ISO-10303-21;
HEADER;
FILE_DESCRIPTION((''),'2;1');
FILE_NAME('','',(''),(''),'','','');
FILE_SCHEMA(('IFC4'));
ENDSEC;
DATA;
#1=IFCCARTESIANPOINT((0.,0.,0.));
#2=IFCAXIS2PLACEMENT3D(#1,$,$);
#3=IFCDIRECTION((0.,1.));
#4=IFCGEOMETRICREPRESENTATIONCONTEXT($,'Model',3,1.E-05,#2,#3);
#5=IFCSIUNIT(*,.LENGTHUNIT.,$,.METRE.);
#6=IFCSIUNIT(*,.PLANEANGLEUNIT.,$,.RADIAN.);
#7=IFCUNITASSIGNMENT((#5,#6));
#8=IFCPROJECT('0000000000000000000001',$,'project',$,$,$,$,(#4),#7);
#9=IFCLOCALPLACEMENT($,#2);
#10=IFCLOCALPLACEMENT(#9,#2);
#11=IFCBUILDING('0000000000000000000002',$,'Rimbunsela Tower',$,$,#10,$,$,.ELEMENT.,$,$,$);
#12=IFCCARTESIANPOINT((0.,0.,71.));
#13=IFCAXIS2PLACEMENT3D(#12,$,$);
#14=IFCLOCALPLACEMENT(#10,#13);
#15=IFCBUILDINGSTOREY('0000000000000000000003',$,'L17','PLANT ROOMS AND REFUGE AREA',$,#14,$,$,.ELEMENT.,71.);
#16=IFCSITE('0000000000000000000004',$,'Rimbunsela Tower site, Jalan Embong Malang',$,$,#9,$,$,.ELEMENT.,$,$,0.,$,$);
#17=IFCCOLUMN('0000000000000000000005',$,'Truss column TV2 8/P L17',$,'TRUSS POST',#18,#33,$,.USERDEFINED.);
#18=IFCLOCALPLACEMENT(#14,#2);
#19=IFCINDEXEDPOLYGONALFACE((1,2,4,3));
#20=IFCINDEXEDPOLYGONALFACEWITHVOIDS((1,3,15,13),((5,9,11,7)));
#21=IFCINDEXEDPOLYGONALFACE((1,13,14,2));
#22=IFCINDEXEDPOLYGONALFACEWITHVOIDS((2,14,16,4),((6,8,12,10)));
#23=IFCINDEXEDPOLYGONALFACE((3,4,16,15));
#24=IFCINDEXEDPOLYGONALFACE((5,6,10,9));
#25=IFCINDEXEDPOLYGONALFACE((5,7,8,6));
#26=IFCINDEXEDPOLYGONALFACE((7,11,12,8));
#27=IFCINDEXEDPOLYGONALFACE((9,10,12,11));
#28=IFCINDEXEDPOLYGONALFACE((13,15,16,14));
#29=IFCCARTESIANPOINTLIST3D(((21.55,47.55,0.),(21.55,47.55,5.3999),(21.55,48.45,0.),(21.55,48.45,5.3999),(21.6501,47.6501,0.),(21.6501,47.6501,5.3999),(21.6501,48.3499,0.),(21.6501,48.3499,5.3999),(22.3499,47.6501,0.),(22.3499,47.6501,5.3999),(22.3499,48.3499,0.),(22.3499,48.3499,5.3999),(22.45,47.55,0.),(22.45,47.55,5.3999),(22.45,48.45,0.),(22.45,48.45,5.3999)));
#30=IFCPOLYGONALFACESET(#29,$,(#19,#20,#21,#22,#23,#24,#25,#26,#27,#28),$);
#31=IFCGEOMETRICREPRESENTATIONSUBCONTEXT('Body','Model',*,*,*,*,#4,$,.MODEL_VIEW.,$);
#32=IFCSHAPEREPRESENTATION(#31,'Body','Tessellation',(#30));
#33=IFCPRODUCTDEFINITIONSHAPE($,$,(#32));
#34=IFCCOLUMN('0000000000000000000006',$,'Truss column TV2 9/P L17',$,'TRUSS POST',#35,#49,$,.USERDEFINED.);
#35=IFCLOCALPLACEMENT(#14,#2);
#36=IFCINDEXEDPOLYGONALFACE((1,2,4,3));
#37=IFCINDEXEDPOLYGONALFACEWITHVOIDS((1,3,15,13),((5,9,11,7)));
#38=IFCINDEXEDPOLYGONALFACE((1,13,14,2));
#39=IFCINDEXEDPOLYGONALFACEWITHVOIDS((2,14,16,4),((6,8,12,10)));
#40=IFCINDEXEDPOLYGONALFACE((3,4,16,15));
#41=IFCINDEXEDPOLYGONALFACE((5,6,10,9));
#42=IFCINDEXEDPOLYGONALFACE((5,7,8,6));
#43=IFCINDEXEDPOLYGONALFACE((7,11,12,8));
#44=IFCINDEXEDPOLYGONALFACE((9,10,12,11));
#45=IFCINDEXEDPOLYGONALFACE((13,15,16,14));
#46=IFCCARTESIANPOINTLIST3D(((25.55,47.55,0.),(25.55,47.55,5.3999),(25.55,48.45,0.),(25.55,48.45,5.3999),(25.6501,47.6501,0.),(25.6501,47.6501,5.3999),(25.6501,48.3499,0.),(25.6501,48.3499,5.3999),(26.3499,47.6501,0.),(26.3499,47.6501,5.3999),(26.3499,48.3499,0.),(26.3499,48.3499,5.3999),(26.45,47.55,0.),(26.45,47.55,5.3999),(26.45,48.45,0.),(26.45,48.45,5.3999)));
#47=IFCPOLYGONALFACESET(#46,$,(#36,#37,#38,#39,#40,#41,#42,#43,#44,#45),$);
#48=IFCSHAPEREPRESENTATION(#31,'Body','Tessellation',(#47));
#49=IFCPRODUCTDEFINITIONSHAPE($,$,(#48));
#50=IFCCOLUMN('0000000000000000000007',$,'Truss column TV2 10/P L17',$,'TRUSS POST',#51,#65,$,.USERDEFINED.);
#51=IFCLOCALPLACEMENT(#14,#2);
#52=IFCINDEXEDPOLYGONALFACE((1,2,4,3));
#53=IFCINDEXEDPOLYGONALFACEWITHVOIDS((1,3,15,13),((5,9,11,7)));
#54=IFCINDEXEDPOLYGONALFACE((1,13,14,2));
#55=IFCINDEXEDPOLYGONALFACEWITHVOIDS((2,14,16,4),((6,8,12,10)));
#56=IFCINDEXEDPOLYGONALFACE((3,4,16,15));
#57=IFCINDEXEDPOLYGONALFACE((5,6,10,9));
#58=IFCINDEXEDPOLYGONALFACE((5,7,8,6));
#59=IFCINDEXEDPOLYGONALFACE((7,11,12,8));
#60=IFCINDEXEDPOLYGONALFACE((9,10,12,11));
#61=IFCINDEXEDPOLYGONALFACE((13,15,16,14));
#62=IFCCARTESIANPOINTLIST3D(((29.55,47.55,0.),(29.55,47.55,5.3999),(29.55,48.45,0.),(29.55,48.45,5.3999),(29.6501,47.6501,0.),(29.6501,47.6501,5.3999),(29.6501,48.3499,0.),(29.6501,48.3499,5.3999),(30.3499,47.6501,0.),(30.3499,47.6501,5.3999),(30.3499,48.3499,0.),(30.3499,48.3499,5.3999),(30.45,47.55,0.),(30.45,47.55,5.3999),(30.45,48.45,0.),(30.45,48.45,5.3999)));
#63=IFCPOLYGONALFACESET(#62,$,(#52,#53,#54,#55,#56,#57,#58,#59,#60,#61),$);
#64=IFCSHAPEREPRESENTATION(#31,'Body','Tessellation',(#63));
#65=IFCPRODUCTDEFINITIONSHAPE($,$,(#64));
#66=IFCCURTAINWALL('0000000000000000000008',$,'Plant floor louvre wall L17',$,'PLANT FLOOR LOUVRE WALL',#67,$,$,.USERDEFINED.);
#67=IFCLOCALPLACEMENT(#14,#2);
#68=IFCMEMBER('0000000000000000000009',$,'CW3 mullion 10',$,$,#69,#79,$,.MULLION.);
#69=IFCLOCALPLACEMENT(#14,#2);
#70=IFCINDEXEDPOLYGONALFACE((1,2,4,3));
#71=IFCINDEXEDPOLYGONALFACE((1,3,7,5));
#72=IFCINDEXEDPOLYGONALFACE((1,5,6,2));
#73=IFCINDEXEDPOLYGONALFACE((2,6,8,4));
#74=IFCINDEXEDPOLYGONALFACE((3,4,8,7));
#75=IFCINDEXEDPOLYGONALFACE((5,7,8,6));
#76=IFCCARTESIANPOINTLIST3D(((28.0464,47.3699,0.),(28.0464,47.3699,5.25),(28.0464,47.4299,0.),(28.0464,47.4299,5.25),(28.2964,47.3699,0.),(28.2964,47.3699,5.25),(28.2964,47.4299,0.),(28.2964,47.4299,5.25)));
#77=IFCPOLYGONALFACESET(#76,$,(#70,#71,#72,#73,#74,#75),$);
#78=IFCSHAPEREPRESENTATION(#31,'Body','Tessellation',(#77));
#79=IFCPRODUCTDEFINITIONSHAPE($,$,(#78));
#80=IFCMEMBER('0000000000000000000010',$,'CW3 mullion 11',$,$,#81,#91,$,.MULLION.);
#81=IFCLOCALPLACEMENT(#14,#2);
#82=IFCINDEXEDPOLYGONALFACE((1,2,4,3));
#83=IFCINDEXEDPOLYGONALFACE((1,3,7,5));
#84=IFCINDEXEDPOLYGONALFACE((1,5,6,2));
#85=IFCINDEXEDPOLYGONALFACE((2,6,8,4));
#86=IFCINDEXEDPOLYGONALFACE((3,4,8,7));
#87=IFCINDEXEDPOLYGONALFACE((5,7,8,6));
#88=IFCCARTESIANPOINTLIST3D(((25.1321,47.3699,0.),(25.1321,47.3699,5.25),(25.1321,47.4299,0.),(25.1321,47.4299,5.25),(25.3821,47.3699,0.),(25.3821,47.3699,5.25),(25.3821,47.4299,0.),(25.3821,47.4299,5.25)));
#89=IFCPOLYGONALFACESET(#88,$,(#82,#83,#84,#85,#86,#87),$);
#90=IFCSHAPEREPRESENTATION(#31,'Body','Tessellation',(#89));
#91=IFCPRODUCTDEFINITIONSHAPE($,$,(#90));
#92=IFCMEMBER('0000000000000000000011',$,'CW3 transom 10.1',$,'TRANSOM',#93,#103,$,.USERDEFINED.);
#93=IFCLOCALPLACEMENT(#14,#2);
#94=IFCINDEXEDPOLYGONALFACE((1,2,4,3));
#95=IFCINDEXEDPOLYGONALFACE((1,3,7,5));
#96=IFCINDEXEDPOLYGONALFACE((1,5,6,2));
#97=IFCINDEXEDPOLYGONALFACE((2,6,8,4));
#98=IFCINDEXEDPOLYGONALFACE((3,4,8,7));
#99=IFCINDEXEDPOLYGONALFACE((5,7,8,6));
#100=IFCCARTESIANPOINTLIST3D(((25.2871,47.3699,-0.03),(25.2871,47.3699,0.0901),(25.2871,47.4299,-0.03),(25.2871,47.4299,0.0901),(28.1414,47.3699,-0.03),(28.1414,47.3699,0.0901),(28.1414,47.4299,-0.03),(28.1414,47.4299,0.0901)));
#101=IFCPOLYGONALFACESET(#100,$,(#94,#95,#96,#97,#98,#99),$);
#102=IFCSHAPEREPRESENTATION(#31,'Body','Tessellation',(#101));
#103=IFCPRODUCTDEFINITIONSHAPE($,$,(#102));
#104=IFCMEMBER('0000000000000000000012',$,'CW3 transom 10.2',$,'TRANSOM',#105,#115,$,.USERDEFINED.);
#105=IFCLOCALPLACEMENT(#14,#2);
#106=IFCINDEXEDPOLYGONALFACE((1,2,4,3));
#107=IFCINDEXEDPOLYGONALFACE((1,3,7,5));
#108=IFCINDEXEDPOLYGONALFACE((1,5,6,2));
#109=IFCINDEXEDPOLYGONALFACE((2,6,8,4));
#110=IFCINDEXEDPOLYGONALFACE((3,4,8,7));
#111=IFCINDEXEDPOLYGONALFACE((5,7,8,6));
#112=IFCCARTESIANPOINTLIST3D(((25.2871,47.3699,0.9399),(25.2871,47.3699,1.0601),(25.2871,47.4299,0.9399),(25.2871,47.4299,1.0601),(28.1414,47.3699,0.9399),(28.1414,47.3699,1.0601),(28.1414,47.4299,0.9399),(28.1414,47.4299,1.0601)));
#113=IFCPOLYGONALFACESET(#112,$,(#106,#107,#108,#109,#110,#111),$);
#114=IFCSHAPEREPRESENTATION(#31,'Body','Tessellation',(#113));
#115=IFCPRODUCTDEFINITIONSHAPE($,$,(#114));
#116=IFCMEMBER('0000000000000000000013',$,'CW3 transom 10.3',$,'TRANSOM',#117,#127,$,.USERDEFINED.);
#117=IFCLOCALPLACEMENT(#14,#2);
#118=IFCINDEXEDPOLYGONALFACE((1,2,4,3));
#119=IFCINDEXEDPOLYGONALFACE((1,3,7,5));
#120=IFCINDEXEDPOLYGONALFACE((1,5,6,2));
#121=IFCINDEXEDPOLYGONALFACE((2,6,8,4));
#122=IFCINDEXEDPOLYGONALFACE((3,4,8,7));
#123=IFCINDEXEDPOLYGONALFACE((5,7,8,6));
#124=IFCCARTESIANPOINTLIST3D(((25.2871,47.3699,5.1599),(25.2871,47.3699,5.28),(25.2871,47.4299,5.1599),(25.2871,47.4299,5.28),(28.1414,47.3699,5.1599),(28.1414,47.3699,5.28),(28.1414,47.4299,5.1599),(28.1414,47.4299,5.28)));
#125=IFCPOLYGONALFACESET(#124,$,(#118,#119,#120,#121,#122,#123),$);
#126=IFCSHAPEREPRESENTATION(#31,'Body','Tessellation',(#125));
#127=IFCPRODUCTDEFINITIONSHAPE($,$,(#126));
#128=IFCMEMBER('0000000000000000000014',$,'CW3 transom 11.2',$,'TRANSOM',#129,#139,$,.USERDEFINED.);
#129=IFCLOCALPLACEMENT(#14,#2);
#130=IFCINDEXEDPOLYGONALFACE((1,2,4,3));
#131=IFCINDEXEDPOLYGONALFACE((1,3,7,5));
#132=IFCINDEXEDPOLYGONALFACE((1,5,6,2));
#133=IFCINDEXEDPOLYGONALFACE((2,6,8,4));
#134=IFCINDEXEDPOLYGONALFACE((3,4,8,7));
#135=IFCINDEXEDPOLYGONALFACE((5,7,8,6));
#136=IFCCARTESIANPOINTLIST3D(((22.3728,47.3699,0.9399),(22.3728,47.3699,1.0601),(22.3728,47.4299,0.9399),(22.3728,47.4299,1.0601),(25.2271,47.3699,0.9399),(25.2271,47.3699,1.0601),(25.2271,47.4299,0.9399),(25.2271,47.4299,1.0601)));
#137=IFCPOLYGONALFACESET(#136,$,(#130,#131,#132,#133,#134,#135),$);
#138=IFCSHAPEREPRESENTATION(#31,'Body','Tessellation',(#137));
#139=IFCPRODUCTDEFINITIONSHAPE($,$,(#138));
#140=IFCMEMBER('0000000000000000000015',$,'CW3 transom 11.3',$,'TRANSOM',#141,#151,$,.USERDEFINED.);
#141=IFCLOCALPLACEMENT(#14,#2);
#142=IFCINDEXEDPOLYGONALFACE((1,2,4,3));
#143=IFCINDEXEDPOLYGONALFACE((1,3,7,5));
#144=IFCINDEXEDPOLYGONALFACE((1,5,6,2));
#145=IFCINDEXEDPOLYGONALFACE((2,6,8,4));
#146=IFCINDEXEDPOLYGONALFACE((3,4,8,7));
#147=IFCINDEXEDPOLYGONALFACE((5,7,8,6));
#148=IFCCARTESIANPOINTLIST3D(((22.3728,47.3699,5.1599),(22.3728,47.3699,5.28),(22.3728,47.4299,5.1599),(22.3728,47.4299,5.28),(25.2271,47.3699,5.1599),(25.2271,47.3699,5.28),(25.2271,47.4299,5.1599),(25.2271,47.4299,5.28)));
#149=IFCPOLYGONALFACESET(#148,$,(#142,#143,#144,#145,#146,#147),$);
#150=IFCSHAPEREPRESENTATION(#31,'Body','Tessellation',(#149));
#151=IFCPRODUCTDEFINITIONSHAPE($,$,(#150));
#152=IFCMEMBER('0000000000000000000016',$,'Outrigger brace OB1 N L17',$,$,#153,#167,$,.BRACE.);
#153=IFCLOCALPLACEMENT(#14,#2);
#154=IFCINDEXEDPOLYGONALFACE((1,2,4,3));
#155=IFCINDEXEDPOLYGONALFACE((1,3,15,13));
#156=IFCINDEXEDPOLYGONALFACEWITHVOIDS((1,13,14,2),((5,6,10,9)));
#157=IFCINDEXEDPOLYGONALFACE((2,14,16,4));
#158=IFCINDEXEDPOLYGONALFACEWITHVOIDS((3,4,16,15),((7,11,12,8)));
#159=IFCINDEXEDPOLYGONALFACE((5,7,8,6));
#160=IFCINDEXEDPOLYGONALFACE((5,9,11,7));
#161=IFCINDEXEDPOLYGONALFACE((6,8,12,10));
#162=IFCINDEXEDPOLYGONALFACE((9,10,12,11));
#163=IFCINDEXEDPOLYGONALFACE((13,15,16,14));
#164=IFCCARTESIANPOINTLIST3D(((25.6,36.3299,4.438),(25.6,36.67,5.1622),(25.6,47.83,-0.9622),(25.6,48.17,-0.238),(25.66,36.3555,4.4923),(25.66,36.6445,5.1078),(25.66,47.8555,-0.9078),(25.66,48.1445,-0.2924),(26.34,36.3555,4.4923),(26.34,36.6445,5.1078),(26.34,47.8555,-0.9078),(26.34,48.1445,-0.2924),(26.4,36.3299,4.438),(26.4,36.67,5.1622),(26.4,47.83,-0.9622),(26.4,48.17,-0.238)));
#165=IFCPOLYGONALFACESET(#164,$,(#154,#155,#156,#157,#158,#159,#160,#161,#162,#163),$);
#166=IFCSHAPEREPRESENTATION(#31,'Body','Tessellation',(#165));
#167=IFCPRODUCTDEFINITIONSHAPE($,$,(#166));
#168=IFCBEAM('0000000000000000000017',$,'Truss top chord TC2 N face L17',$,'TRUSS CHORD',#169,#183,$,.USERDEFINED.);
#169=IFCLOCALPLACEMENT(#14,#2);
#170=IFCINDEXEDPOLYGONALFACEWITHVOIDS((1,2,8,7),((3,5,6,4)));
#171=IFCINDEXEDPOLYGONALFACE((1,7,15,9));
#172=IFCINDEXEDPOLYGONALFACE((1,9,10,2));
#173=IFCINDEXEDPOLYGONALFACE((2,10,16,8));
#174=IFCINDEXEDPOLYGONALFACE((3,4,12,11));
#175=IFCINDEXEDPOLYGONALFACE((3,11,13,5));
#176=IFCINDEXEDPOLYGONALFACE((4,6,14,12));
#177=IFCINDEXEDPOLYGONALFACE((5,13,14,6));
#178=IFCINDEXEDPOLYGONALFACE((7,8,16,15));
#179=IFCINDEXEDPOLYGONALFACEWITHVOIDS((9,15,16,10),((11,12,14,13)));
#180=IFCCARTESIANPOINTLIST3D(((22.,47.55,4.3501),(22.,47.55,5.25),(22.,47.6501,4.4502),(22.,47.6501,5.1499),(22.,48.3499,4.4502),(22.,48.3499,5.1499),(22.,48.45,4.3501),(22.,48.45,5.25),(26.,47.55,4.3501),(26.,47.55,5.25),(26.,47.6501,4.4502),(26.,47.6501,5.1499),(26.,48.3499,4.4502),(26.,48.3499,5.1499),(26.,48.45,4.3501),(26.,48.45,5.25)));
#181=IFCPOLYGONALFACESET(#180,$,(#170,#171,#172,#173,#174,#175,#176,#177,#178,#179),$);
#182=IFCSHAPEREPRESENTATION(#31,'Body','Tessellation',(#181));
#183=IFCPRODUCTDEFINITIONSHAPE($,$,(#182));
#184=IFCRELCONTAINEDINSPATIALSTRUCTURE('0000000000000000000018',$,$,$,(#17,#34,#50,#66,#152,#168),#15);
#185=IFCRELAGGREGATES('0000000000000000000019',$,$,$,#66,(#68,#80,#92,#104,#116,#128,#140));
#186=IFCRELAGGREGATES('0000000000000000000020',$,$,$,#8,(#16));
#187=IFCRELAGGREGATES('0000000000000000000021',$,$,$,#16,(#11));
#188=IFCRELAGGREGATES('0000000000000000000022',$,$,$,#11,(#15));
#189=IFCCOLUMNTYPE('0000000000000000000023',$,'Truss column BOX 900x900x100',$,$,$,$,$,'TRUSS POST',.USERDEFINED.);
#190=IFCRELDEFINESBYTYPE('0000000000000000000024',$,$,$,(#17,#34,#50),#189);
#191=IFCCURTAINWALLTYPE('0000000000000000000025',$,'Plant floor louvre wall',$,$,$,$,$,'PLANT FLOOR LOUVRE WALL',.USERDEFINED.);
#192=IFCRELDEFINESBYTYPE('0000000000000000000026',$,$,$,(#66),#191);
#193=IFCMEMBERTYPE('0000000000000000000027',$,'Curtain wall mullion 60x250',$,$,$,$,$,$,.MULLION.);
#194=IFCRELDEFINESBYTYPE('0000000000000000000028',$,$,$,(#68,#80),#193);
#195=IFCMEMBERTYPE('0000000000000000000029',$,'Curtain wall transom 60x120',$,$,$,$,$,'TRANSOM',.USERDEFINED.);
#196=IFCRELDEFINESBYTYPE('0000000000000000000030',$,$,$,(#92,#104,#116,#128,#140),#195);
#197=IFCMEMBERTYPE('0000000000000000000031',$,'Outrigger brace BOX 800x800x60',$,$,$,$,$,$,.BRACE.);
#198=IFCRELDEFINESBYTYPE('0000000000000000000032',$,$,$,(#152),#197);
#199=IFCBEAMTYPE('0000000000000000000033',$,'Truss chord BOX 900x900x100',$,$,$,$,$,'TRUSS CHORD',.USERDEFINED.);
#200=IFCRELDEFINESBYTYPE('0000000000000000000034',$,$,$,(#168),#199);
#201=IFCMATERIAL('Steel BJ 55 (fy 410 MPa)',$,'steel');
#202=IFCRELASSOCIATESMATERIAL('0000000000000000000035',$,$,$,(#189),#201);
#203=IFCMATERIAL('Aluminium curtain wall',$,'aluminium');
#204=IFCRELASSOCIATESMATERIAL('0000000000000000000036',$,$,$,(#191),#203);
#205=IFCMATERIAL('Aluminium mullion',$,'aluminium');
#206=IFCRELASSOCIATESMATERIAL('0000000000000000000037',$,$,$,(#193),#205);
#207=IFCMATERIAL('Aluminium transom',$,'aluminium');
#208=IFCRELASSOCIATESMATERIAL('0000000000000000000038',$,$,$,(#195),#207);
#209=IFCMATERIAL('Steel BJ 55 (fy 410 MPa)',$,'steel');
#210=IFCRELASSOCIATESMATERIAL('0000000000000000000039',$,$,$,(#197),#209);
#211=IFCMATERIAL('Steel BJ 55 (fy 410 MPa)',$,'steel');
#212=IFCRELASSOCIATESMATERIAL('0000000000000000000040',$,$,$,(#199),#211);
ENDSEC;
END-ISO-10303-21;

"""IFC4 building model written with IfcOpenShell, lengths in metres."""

from ifc_helpers import new_model, si_unit, direction, frame, origin, origin_2d, place, context, subcontext, project, spatial, rectangle, hollow_rectangle, extrude, material, material_profile, profile_set, type_object, element, aggregate, save


model = new_model("IFC4")

# Units and contexts
model_context = context("Model", 3, precision=1e-05, world=origin(), true_north=direction((0.0, 1.0)))
body_context = subcontext(model_context, "Body", "Model", "MODEL_VIEW")
ifc_project = project(units=[si_unit("LENGTHUNIT", "METRE"), si_unit("PLANEANGLEUNIT", "RADIAN")], contexts=[model_context])

# Site, building, storey
site_placement = place(None, origin())
site = spatial("IfcSite", under=ifc_project, at=site_placement, Name="Rimbunsela Tower site, Jalan Embong Malang", CompositionType="ELEMENT", RefElevation=0.0)
building_placement = place(site_placement, origin())
building = spatial("IfcBuilding", under=site, at=building_placement, Name="Rimbunsela Tower", CompositionType="ELEMENT")
storey_placement = place(building_placement, frame((0.0, 0.0, 71.0)))
storey = spatial("IfcBuildingStorey", under=building, at=storey_placement, Name="L17", Description="PLANT ROOMS AND REFUGE AREA", CompositionType="ELEMENT", Elevation=71.0)

# Columns
ifc_material_1 = material(Name="Steel BJ 55 (fy 410 MPa)", Category="steel")
ifc_material_profile_1 = material_profile(ifc_material_1, hollow_rectangle(XDim=0.8999, YDim=0.8999, WallThickness=0.1001, at=origin_2d()), Name="BOX 900x900x100")
ifc_profile_set_1 = profile_set([ifc_material_profile_1], Name="Steel BJ 55 (fy 410 MPa)")
column_type = type_object("IfcColumnType", Name="Truss column BOX 900x900x100", ElementType="TRUSS POST", PredefinedType="USERDEFINED", material=ifc_profile_set_1)
for number, where, z_axis, x_axis, name in (
    (1, (22.0, 48.0, 0.0), (0.0, 0.0, 1.0), (1.0, 0.0, 0.0), "Truss column TV2 8/P L17"),
    (2, (26.0, 48.0, 0.0), (0.0, 0.0, 1.0), (1.0, 0.0, 0.0), "Truss column TV2 9/P L17"),
    (3, (30.0, 48.0, 0.0), (0.0, 0.0, 1.0), (1.0, 0.0, 0.0), "Truss column TV2 10/P L17"),
):
    element("IfcColumn", number, at=place(storey_placement, frame(where, z_axis=z_axis, x_axis=x_axis)), inside=storey, type_object=column_type, Name=name, ObjectType="TRUSS POST", PredefinedType="USERDEFINED", context=body_context, shape_type="SweptSolid", body=[
        extrude(hollow_rectangle(XDim=0.8999, YDim=0.8999, WallThickness=0.1001, at=origin_2d()), origin(), (0.0, 0.0, 1.0), 5.3999),
    ])

# Curtain wall, members
ifc_material_2 = material(Name="Aluminium curtain wall", Category="aluminium")
curtain_wall_type = type_object("IfcCurtainWallType", Name="Plant floor louvre wall", ElementType="PLANT FLOOR LOUVRE WALL", PredefinedType="USERDEFINED", material=ifc_material_2)
curtain_wall_placement = place(storey_placement, origin())
curtain_wall = element("IfcCurtainWall", 4, at=curtain_wall_placement, inside=storey, type_object=curtain_wall_type, Name="Plant floor louvre wall L17", ObjectType="PLANT FLOOR LOUVRE WALL", PredefinedType="USERDEFINED")
ifc_material_3 = material(Name="Aluminium mullion", Category="aluminium")
ifc_material_profile_2 = material_profile(ifc_material_3, rectangle(XDim=0.0601, YDim=0.25, at=origin_2d()), Name="Mullion 60x250")
ifc_profile_set_2 = profile_set([ifc_material_profile_2], Name="Aluminium mullion")
member_type_1 = type_object("IfcMemberType", Name="Curtain wall mullion 60x250", PredefinedType="MULLION", material=ifc_profile_set_2)
member_1_placement = place(storey_placement, frame((28.1714, 47.3999, 0.0), z_axis=(0.0, 0.0, 1.0), x_axis=(0.0, -1.0, 0.0)))
member_1 = element("IfcMember", 5, at=member_1_placement, type_object=member_type_1, Name="CW3 mullion 10", PredefinedType="MULLION", context=body_context, shape_type="SweptSolid", body=[
    extrude(rectangle(XDim=0.0601, YDim=0.25, at=origin_2d()), origin(), (0.0, 0.0, 1.0), 5.25),
])
member_2_placement = place(storey_placement, frame((25.2571, 47.3999, 0.0), z_axis=(0.0, 0.0, 1.0), x_axis=(0.0, -1.0, 0.0)))
member_2 = element("IfcMember", 6, at=member_2_placement, type_object=member_type_1, Name="CW3 mullion 11", PredefinedType="MULLION", context=body_context, shape_type="SweptSolid", body=[
    extrude(rectangle(XDim=0.0601, YDim=0.25, at=origin_2d()), origin(), (0.0, 0.0, 1.0), 5.25),
])
ifc_material_4 = material(Name="Aluminium transom", Category="aluminium")
ifc_material_profile_3 = material_profile(ifc_material_4, rectangle(XDim=0.0601, YDim=0.1201, at=origin_2d()), Name="Transom 60x120")
ifc_profile_set_3 = profile_set([ifc_material_profile_3], Name="Aluminium transom")
member_type_2 = type_object("IfcMemberType", Name="Curtain wall transom 60x120", ElementType="TRANSOM", PredefinedType="USERDEFINED", material=ifc_profile_set_3)
member_3_placement = place(storey_placement, frame((28.1414, 47.3999, 0.03), z_axis=(-1.0, 0.0, 0.0), x_axis=(0.0, -1.0, 0.0)))
member_3 = element("IfcMember", 7, at=member_3_placement, type_object=member_type_2, Name="CW3 transom 10.1", ObjectType="TRANSOM", PredefinedType="USERDEFINED", context=body_context, shape_type="SweptSolid", body=[
    extrude(rectangle(XDim=0.0601, YDim=0.1201, at=origin_2d()), origin(), (0.0, 0.0, 1.0), 2.8542),
])
member_4_placement = place(storey_placement, frame((28.1414, 47.3999, 1.0), z_axis=(-1.0, 0.0, 0.0), x_axis=(0.0, -1.0, 0.0)))
member_4 = element("IfcMember", 8, at=member_4_placement, type_object=member_type_2, Name="CW3 transom 10.2", ObjectType="TRANSOM", PredefinedType="USERDEFINED", context=body_context, shape_type="SweptSolid", body=[
    extrude(rectangle(XDim=0.0601, YDim=0.1201, at=origin_2d()), origin(), (0.0, 0.0, 1.0), 2.8542),
])
member_5_placement = place(storey_placement, frame((28.1414, 47.3999, 5.22), z_axis=(-1.0, 0.0, 0.0), x_axis=(0.0, -1.0, 0.0)))
member_5 = element("IfcMember", 9, at=member_5_placement, type_object=member_type_2, Name="CW3 transom 10.3", ObjectType="TRANSOM", PredefinedType="USERDEFINED", context=body_context, shape_type="SweptSolid", body=[
    extrude(rectangle(XDim=0.0601, YDim=0.1201, at=origin_2d()), origin(), (0.0, 0.0, 1.0), 2.8542),
])
member_6_placement = place(storey_placement, frame((25.2271, 47.3999, 1.0), z_axis=(-1.0, 0.0, 0.0), x_axis=(0.0, -1.0, 0.0)))
member_6 = element("IfcMember", 10, at=member_6_placement, type_object=member_type_2, Name="CW3 transom 11.2", ObjectType="TRANSOM", PredefinedType="USERDEFINED", context=body_context, shape_type="SweptSolid", body=[
    extrude(rectangle(XDim=0.0601, YDim=0.1201, at=origin_2d()), origin(), (0.0, 0.0, 1.0), 2.8542),
])
member_7_placement = place(storey_placement, frame((25.2271, 47.3999, 5.22), z_axis=(-1.0, 0.0, 0.0), x_axis=(0.0, -1.0, 0.0)))
member_7 = element("IfcMember", 11, at=member_7_placement, type_object=member_type_2, Name="CW3 transom 11.3", ObjectType="TRANSOM", PredefinedType="USERDEFINED", context=body_context, shape_type="SweptSolid", body=[
    extrude(rectangle(XDim=0.0601, YDim=0.1201, at=origin_2d()), origin(), (0.0, 0.0, 1.0), 2.8542),
])

# Member
ifc_material_5 = material(Name="Steel BJ 55 (fy 410 MPa)", Category="steel")
ifc_material_profile_4 = material_profile(ifc_material_5, hollow_rectangle(XDim=0.8, YDim=0.8, WallThickness=0.0601, at=origin_2d()), Name="BOX 800x800x60")
ifc_profile_set_4 = profile_set([ifc_material_profile_4], Name="Steel BJ 55 (fy 410 MPa)")
member_type_3 = type_object("IfcMemberType", Name="Outrigger brace BOX 800x800x60", PredefinedType="BRACE", material=ifc_profile_set_4)
member_8_placement = place(storey_placement, frame((26.0, 48.0, -0.6001), z_axis=(0.0, -0.905171, 0.425048), x_axis=(1.0, 0.0, 0.0)))
element("IfcMember", 12, at=member_8_placement, inside=storey, type_object=member_type_3, Name="Outrigger brace OB1 N L17", PredefinedType="BRACE", context=body_context, shape_type="SweptSolid", body=[
    extrude(hollow_rectangle(XDim=0.8, YDim=0.8, WallThickness=0.0601, at=origin_2d()), origin(), (0.0, 0.0, 1.0), 12.7048),
])

# Beam
ifc_material_6 = material(Name="Steel BJ 55 (fy 410 MPa)", Category="steel")
ifc_material_profile_5 = material_profile(ifc_material_6, hollow_rectangle(XDim=0.8999, YDim=0.8999, WallThickness=0.1001, at=origin_2d()), Name="BOX 900x900x100")
ifc_profile_set_5 = profile_set([ifc_material_profile_5], Name="Steel BJ 55 (fy 410 MPa)")
beam_type = type_object("IfcBeamType", Name="Truss chord BOX 900x900x100", ElementType="TRUSS CHORD", PredefinedType="USERDEFINED", material=ifc_profile_set_5)
for number, where, z_axis, x_axis, name in (
    (13, (22.0, 48.0, 4.8), (1.0, 0.0, 0.0), (0.0, 1.0, 0.0), "Truss top chord TC2 N face L17"),
):
    element("IfcBeam", number, at=place(storey_placement, frame(where, z_axis=z_axis, x_axis=x_axis)), inside=storey, type_object=beam_type, Name=name, ObjectType="TRUSS CHORD", PredefinedType="USERDEFINED", context=body_context, shape_type="SweptSolid", body=[
        extrude(hollow_rectangle(XDim=0.8999, YDim=0.8999, WallThickness=0.1001, at=origin_2d()), origin(), (0.0, 0.0, 1.0), 4.0),
    ])

aggregate(curtain_wall, [member_1, member_2, member_3, member_4, member_5, member_6, member_7])

save(model, "model.ifc")
